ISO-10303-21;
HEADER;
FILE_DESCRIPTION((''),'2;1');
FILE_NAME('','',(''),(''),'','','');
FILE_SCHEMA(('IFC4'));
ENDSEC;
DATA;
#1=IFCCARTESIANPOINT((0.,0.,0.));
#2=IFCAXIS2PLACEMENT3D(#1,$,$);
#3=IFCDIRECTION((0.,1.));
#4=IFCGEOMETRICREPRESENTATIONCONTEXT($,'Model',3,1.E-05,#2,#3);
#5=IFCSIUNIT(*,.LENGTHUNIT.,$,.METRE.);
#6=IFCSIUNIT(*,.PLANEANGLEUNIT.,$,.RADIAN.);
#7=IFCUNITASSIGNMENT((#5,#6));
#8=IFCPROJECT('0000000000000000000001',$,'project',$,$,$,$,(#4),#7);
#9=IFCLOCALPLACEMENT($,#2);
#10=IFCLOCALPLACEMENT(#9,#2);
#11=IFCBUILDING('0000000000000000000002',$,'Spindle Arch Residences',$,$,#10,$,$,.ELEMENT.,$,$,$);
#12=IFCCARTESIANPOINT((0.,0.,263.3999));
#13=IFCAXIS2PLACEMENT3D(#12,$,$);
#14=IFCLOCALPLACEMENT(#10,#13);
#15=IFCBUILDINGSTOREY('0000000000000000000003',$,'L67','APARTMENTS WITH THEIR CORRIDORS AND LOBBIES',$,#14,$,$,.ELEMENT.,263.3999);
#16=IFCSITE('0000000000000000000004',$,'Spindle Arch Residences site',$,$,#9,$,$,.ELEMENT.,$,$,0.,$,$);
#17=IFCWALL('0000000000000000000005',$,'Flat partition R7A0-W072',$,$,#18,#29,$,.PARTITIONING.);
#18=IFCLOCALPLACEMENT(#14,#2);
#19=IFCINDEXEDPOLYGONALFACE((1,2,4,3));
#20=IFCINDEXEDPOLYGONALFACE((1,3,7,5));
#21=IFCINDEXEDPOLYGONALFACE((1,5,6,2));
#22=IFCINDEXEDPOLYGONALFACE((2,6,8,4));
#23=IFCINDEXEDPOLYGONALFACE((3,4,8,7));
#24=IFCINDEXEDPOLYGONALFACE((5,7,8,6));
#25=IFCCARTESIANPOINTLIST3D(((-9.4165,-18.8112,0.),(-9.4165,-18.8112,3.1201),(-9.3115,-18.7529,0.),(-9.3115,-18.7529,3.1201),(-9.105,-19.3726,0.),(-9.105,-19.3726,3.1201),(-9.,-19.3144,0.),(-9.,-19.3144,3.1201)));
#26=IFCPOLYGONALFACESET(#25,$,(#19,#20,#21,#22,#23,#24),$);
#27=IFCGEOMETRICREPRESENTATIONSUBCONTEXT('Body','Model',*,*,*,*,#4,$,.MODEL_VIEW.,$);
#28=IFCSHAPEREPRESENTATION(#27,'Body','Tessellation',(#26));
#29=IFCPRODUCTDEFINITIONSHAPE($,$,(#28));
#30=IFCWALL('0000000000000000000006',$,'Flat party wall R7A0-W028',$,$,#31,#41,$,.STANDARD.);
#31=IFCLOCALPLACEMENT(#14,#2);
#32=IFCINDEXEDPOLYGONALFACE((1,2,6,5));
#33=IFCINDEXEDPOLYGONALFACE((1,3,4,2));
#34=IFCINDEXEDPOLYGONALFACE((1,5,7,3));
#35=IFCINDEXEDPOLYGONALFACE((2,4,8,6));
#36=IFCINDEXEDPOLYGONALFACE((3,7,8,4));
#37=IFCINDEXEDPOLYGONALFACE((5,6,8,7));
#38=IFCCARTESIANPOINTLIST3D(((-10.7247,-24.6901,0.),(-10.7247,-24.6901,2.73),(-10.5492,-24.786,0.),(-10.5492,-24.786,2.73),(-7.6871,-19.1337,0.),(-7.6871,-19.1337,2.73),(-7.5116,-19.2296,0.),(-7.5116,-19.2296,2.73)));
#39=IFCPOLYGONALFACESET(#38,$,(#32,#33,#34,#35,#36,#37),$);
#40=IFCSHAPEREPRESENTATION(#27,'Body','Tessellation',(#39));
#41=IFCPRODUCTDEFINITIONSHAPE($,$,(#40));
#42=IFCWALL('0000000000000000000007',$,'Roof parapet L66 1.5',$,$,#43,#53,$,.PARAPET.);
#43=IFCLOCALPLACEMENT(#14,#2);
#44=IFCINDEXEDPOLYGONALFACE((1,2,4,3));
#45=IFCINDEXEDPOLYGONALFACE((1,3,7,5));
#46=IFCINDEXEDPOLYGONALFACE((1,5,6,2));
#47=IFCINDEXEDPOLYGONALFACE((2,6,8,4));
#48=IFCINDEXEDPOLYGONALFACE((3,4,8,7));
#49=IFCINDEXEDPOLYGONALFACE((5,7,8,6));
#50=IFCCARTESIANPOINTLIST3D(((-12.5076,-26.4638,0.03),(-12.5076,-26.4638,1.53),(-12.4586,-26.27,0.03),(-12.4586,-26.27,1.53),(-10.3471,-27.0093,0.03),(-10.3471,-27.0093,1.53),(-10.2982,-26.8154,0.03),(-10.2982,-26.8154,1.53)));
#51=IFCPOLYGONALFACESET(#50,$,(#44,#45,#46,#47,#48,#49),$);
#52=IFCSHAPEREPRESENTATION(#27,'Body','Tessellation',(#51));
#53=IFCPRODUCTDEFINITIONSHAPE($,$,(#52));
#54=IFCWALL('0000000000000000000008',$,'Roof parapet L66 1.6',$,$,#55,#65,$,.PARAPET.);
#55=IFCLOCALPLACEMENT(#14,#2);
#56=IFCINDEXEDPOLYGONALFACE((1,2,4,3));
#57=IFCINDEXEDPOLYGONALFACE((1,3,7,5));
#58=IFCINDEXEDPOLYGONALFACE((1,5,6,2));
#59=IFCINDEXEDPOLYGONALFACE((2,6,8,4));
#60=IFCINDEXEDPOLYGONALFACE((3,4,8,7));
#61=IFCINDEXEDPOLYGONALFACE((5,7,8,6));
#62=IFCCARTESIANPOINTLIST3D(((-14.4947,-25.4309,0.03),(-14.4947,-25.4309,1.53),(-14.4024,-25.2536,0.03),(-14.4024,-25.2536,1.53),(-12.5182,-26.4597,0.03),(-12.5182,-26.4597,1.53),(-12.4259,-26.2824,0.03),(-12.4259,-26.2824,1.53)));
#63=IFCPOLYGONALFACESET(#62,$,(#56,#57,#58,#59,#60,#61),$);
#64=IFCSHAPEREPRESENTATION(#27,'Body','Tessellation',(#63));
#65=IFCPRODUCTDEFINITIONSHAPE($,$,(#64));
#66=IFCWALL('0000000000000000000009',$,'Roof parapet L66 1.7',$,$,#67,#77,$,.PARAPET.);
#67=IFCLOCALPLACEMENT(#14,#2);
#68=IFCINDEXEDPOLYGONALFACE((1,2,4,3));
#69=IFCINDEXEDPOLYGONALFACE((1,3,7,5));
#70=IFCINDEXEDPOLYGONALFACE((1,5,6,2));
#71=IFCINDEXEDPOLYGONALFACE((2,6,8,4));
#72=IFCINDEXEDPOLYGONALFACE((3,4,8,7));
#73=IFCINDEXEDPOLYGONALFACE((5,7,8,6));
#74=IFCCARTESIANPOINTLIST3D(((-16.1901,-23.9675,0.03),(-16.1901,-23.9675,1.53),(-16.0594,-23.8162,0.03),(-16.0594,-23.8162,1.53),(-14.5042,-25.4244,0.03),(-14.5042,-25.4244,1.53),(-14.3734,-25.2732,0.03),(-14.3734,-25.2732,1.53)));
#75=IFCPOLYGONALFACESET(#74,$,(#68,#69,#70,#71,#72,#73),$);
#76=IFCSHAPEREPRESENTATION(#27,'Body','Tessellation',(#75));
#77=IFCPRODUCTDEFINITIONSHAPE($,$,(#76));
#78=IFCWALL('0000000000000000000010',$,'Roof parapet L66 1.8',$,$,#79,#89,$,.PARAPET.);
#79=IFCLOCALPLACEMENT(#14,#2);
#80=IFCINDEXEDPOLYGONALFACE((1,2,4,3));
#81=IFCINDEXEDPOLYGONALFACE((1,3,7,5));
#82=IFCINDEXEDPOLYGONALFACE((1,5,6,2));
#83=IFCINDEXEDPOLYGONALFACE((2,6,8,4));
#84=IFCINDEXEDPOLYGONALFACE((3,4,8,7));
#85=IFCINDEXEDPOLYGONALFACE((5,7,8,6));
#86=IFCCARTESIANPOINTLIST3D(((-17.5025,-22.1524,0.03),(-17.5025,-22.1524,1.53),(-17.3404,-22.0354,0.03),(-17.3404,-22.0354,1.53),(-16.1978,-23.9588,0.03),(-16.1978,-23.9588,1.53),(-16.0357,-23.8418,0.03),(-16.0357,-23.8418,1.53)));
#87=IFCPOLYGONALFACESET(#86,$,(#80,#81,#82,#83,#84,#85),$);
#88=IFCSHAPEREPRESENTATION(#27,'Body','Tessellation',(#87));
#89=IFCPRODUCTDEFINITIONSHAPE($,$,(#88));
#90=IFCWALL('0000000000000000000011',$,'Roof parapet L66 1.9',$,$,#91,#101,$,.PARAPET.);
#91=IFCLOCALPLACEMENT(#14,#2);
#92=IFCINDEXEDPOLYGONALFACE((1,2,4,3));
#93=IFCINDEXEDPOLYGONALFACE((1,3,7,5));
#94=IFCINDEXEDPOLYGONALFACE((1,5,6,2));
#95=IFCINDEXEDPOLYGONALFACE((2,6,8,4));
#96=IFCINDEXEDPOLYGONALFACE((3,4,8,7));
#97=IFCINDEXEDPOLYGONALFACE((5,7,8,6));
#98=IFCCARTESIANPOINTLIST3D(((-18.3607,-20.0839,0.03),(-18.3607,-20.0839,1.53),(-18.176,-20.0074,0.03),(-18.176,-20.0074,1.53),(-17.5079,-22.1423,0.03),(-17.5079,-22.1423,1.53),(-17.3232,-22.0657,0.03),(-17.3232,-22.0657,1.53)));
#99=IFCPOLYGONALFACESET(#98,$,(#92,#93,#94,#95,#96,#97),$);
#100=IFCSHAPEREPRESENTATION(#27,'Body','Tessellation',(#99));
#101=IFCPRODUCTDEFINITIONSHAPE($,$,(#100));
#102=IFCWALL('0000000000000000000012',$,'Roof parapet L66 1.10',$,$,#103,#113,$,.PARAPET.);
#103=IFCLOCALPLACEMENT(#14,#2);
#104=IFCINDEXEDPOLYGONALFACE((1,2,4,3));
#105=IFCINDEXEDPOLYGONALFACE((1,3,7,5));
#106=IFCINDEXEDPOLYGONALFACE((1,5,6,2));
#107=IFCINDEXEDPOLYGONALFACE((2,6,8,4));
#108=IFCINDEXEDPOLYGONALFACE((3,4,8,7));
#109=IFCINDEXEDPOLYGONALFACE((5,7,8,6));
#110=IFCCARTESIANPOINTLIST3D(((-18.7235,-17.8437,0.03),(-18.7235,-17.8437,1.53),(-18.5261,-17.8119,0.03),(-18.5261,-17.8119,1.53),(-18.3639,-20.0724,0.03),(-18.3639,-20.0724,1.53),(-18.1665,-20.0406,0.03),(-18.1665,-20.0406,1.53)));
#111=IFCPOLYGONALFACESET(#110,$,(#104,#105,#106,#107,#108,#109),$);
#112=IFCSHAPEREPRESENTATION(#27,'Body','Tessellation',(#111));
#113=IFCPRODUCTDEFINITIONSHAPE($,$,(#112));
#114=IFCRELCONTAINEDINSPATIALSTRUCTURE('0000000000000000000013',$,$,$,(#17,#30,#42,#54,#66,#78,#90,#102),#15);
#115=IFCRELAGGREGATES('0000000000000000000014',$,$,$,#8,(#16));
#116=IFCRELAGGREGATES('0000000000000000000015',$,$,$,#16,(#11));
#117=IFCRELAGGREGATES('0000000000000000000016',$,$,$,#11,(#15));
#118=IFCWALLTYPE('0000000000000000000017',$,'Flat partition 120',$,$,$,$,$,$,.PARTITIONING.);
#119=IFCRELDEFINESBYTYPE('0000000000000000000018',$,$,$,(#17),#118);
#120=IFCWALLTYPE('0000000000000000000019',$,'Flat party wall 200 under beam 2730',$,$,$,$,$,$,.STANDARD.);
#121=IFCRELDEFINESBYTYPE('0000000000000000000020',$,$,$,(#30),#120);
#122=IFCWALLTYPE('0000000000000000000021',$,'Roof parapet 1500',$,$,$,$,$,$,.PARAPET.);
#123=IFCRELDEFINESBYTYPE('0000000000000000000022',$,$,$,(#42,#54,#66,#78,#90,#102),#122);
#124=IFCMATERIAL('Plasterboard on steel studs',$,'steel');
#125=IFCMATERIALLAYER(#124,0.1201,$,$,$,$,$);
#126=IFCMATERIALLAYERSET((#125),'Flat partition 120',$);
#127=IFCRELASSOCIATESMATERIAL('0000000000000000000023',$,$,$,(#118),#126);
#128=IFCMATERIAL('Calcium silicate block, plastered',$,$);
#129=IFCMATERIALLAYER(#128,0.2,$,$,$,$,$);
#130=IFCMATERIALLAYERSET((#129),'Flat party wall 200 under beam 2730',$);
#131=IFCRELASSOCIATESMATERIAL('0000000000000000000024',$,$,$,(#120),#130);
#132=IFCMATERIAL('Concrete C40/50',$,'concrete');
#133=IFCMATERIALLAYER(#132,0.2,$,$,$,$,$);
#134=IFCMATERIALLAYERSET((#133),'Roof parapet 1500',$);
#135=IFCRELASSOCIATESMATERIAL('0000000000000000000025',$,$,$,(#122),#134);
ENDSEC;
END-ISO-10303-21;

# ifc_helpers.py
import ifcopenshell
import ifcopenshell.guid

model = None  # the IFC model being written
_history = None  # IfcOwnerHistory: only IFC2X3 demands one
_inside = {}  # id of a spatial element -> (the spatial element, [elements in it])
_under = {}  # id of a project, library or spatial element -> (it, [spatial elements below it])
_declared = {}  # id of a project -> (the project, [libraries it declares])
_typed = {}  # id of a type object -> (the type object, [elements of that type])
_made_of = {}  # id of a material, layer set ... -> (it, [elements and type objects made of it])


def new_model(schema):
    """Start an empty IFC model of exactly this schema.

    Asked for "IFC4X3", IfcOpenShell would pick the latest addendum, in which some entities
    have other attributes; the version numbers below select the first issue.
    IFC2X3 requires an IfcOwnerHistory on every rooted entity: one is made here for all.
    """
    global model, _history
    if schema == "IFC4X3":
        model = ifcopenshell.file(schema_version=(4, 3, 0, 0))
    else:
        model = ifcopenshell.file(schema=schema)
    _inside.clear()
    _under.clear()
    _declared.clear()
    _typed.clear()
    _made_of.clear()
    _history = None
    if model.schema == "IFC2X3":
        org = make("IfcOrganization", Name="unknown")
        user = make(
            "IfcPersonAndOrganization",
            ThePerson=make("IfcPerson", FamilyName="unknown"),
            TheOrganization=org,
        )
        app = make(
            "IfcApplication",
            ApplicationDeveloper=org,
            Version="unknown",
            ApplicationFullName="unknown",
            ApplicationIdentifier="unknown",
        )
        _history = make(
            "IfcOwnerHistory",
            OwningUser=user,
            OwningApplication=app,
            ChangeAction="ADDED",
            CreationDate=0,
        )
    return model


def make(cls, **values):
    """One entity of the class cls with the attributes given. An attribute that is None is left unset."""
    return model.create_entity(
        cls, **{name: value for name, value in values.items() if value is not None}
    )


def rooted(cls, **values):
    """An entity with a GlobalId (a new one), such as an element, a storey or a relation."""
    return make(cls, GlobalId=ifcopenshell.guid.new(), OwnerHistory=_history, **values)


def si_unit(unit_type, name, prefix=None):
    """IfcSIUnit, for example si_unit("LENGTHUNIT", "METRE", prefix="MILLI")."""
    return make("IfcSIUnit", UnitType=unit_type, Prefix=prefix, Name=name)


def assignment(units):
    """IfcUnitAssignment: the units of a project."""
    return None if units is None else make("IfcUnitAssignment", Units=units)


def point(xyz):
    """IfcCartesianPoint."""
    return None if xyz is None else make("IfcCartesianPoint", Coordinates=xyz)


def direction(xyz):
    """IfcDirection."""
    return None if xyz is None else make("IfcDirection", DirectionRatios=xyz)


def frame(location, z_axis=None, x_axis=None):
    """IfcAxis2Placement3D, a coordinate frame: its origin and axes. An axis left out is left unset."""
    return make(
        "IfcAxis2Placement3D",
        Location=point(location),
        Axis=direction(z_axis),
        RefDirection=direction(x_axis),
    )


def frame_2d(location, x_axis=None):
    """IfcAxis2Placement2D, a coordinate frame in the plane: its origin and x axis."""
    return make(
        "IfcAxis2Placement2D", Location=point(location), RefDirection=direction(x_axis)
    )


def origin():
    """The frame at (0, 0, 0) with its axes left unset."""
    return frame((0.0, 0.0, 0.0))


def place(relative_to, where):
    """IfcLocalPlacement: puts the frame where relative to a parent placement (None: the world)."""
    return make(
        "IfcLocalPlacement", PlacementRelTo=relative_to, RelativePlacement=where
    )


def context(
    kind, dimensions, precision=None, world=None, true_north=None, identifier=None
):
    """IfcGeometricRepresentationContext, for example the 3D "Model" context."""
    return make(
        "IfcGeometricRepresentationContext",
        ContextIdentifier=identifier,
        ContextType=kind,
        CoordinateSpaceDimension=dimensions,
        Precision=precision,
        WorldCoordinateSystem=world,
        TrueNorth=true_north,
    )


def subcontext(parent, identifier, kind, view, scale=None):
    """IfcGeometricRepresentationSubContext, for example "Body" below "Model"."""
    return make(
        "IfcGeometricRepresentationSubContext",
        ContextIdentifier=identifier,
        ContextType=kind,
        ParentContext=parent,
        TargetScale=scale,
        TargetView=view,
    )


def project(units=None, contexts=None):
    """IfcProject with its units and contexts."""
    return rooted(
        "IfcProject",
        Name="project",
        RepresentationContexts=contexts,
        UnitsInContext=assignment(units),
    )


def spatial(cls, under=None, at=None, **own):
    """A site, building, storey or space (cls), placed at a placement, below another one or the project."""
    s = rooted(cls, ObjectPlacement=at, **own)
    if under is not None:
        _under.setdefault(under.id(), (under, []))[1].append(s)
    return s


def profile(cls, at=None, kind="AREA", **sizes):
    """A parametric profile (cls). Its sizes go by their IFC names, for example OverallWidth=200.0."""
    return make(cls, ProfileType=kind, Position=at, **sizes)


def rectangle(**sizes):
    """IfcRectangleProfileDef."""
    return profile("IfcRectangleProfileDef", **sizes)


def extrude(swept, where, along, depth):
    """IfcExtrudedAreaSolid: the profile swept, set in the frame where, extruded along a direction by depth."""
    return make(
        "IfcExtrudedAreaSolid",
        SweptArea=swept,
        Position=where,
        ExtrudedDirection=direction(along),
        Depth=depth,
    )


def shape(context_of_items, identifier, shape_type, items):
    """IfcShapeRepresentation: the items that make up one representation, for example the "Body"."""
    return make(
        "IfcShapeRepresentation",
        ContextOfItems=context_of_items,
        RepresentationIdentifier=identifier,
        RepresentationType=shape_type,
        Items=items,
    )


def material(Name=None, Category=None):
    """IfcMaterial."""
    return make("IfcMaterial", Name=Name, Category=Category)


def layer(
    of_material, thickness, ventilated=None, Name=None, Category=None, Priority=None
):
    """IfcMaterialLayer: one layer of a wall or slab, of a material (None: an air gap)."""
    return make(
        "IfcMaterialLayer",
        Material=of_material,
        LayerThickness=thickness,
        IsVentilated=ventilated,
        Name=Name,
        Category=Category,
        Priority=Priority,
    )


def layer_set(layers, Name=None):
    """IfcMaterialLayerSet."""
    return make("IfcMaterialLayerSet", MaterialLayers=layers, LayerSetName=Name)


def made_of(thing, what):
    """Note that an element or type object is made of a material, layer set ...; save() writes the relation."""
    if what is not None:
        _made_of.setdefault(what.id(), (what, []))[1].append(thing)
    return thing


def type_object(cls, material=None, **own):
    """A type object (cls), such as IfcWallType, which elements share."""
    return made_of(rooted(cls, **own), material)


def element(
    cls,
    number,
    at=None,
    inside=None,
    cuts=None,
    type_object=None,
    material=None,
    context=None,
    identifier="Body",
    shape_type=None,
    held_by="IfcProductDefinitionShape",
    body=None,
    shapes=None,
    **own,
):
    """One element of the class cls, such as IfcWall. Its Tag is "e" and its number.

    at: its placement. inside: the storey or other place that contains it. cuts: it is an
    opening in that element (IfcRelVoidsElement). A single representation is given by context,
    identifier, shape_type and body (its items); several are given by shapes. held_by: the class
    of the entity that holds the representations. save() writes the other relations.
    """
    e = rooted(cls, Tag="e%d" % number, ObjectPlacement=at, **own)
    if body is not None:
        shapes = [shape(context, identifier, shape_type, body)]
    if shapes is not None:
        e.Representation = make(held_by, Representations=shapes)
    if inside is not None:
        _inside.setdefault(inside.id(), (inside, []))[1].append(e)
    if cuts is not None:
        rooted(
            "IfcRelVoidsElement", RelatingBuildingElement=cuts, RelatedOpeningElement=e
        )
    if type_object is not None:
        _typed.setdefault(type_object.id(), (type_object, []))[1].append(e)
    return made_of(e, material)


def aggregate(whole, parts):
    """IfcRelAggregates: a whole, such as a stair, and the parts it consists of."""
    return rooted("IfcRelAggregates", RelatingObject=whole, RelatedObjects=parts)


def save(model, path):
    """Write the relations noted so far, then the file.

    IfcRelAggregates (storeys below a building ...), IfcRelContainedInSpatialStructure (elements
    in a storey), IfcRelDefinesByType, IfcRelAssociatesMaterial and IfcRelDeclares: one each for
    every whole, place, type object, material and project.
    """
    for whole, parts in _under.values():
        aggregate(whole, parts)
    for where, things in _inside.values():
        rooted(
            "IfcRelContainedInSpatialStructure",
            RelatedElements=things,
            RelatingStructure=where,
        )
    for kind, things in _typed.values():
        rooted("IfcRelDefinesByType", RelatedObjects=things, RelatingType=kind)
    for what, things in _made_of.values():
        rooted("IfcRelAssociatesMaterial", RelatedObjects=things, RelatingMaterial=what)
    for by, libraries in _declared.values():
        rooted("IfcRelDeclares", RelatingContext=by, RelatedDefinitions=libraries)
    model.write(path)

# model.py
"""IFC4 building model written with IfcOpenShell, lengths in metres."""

from ifc_helpers import new_model, si_unit, direction, frame, frame_2d, origin, place, context, subcontext, project, spatial, rectangle, extrude, material, layer, layer_set, type_object, element, save


model = new_model("IFC4")

# Units and contexts
model_context = context("Model", 3, precision=1e-05, world=origin(), true_north=direction((0.0, 1.0)))
body_context = subcontext(model_context, "Body", "Model", "MODEL_VIEW")
ifc_project = project(units=[si_unit("LENGTHUNIT", "METRE"), si_unit("PLANEANGLEUNIT", "RADIAN")], contexts=[model_context])

# Site, building, storey
site_placement = place(None, origin())
site = spatial("IfcSite", under=ifc_project, at=site_placement, Name="Spindle Arch Residences site", CompositionType="ELEMENT", RefElevation=0.0)
building_placement = place(site_placement, origin())
building = spatial("IfcBuilding", under=site, at=building_placement, Name="Spindle Arch Residences", CompositionType="ELEMENT")
storey_placement = place(building_placement, frame((0.0, 0.0, 263.3999)))
storey = spatial("IfcBuildingStorey", under=building, at=storey_placement, Name="L67", Description="APARTMENTS WITH THEIR CORRIDORS AND LOBBIES", CompositionType="ELEMENT", Elevation=263.3999)

# Shared definitions
ifc_material_1 = material(Name="Plasterboard on steel studs", Category="steel")
ifc_layer_1 = layer(ifc_material_1, 0.1201)
ifc_layer_set_1 = layer_set([ifc_layer_1], Name="Flat partition 120")
wall_type_1 = type_object("IfcWallType", Name="Flat partition 120", PredefinedType="PARTITIONING", material=ifc_layer_set_1)

# Walls
for number, where, z_axis, x_axis, name in (
    (1, (-9.0525, -19.3435, 0.0), (0.0, 0.0, 1.0), (-0.485126, 0.874444, 0.0), "Flat partition R7A0-W072"),
):
    element("IfcWall", number, at=place(storey_placement, frame(where, z_axis=z_axis, x_axis=x_axis)), inside=storey, type_object=wall_type_1, Name=name, PredefinedType="PARTITIONING", context=body_context, shape_type="SweptSolid", body=[
        extrude(rectangle(XDim=0.6421, YDim=0.1201, at=frame_2d((0.321, 0.0))), origin(), (0.0, 0.0, 1.0), 3.1201),
    ])
ifc_material_2 = material(Name="Calcium silicate block, plastered")
ifc_layer_2 = layer(ifc_material_2, 0.2)
ifc_layer_set_2 = layer_set([ifc_layer_2], Name="Flat party wall 200 under beam 2730")
wall_type_2 = type_object("IfcWallType", Name="Flat party wall 200 under beam 2730", PredefinedType="STANDARD", material=ifc_layer_set_2)
wall_1_placement = place(storey_placement, frame((-10.637, -24.738, 0.0), z_axis=(0.0, 0.0, 1.0), x_axis=(0.479684, 0.877441, 0.0)))
element("IfcWall", 2, at=wall_1_placement, inside=storey, type_object=wall_type_2, Name="Flat party wall R7A0-W028", PredefinedType="STANDARD", context=body_context, shape_type="SweptSolid", body=[
    extrude(rectangle(XDim=6.3325, YDim=0.2, at=frame_2d((3.1663, 0.0))), origin(), (0.0, 0.0, 1.0), 2.73),
])
ifc_material_3 = material(Name="Concrete C40/50", Category="concrete")
ifc_layer_3 = layer(ifc_material_3, 0.2)
ifc_layer_set_3 = layer_set([ifc_layer_3], Name="Roof parapet 1500")
wall_type_3 = type_object("IfcWallType", Name="Roof parapet 1500", PredefinedType="PARAPET", material=ifc_layer_set_3)
for number, where, z_axis, x_axis, name in (
    (3, (-10.3225, -26.9124, 0.03), (0.0, 0.0, 1.0), (-0.969579, 0.244778, 0.0), "Roof parapet L66 1.5"),
    (4, (-12.4719, -26.3711, 0.03), (0.0, 0.0, 1.0), (-0.887034, 0.461705, 0.0), "Roof parapet L66 1.6"),
    (5, (-14.4387, -25.3489, 0.03), (0.0, 0.0, 1.0), (-0.756621, 0.653854, 0.0), "Roof parapet L66 1.7"),
    (6, (-16.1167, -23.9004, 0.03), (0.0, 0.0, 1.0), (-0.585511, 0.810665, 0.0), "Roof parapet L66 1.8"),
):
    element("IfcWall", number, at=place(storey_placement, frame(where, z_axis=z_axis, x_axis=x_axis)), inside=storey, type_object=wall_type_3, Name=name, PredefinedType="PARAPET", context=body_context, shape_type="SweptSolid", body=[
        extrude(rectangle(XDim=2.2283, YDim=0.2, at=frame_2d((1.1143, 0.0))), origin(), (0.0, 0.0, 1.0), 1.5),
    ])
wall_2_placement = place(storey_placement, frame((-17.4155, -22.104, 0.03), z_axis=(0.0, 0.0, 1.0), x_axis=(-0.382755, 0.92385, 0.0)))
element("IfcWall", 7, at=wall_2_placement, inside=storey, type_object=wall_type_3, Name="Roof parapet L66 1.9", PredefinedType="PARAPET", context=body_context, shape_type="SweptSolid", body=[
    extrude(rectangle(XDim=2.228, YDim=0.2, at=frame_2d((1.114, 0.0))), origin(), (0.0, 0.0, 1.0), 1.5),
])
wall_3_placement = place(storey_placement, frame((-18.2651, -20.0566, 0.03), z_axis=(0.0, 0.0, 1.0), x_axis=(-0.159294, 0.987231, 0.0)))
element("IfcWall", 8, at=wall_3_placement, inside=storey, type_object=wall_type_3, Name="Roof parapet L66 1.10", PredefinedType="PARAPET", context=body_context, shape_type="SweptSolid", body=[
    extrude(rectangle(XDim=2.2576, YDim=0.2, at=frame_2d((1.1289, 0.0))), origin(), (0.0, 0.0, 1.0), 1.5),
])

save(model, "model.ifc")
